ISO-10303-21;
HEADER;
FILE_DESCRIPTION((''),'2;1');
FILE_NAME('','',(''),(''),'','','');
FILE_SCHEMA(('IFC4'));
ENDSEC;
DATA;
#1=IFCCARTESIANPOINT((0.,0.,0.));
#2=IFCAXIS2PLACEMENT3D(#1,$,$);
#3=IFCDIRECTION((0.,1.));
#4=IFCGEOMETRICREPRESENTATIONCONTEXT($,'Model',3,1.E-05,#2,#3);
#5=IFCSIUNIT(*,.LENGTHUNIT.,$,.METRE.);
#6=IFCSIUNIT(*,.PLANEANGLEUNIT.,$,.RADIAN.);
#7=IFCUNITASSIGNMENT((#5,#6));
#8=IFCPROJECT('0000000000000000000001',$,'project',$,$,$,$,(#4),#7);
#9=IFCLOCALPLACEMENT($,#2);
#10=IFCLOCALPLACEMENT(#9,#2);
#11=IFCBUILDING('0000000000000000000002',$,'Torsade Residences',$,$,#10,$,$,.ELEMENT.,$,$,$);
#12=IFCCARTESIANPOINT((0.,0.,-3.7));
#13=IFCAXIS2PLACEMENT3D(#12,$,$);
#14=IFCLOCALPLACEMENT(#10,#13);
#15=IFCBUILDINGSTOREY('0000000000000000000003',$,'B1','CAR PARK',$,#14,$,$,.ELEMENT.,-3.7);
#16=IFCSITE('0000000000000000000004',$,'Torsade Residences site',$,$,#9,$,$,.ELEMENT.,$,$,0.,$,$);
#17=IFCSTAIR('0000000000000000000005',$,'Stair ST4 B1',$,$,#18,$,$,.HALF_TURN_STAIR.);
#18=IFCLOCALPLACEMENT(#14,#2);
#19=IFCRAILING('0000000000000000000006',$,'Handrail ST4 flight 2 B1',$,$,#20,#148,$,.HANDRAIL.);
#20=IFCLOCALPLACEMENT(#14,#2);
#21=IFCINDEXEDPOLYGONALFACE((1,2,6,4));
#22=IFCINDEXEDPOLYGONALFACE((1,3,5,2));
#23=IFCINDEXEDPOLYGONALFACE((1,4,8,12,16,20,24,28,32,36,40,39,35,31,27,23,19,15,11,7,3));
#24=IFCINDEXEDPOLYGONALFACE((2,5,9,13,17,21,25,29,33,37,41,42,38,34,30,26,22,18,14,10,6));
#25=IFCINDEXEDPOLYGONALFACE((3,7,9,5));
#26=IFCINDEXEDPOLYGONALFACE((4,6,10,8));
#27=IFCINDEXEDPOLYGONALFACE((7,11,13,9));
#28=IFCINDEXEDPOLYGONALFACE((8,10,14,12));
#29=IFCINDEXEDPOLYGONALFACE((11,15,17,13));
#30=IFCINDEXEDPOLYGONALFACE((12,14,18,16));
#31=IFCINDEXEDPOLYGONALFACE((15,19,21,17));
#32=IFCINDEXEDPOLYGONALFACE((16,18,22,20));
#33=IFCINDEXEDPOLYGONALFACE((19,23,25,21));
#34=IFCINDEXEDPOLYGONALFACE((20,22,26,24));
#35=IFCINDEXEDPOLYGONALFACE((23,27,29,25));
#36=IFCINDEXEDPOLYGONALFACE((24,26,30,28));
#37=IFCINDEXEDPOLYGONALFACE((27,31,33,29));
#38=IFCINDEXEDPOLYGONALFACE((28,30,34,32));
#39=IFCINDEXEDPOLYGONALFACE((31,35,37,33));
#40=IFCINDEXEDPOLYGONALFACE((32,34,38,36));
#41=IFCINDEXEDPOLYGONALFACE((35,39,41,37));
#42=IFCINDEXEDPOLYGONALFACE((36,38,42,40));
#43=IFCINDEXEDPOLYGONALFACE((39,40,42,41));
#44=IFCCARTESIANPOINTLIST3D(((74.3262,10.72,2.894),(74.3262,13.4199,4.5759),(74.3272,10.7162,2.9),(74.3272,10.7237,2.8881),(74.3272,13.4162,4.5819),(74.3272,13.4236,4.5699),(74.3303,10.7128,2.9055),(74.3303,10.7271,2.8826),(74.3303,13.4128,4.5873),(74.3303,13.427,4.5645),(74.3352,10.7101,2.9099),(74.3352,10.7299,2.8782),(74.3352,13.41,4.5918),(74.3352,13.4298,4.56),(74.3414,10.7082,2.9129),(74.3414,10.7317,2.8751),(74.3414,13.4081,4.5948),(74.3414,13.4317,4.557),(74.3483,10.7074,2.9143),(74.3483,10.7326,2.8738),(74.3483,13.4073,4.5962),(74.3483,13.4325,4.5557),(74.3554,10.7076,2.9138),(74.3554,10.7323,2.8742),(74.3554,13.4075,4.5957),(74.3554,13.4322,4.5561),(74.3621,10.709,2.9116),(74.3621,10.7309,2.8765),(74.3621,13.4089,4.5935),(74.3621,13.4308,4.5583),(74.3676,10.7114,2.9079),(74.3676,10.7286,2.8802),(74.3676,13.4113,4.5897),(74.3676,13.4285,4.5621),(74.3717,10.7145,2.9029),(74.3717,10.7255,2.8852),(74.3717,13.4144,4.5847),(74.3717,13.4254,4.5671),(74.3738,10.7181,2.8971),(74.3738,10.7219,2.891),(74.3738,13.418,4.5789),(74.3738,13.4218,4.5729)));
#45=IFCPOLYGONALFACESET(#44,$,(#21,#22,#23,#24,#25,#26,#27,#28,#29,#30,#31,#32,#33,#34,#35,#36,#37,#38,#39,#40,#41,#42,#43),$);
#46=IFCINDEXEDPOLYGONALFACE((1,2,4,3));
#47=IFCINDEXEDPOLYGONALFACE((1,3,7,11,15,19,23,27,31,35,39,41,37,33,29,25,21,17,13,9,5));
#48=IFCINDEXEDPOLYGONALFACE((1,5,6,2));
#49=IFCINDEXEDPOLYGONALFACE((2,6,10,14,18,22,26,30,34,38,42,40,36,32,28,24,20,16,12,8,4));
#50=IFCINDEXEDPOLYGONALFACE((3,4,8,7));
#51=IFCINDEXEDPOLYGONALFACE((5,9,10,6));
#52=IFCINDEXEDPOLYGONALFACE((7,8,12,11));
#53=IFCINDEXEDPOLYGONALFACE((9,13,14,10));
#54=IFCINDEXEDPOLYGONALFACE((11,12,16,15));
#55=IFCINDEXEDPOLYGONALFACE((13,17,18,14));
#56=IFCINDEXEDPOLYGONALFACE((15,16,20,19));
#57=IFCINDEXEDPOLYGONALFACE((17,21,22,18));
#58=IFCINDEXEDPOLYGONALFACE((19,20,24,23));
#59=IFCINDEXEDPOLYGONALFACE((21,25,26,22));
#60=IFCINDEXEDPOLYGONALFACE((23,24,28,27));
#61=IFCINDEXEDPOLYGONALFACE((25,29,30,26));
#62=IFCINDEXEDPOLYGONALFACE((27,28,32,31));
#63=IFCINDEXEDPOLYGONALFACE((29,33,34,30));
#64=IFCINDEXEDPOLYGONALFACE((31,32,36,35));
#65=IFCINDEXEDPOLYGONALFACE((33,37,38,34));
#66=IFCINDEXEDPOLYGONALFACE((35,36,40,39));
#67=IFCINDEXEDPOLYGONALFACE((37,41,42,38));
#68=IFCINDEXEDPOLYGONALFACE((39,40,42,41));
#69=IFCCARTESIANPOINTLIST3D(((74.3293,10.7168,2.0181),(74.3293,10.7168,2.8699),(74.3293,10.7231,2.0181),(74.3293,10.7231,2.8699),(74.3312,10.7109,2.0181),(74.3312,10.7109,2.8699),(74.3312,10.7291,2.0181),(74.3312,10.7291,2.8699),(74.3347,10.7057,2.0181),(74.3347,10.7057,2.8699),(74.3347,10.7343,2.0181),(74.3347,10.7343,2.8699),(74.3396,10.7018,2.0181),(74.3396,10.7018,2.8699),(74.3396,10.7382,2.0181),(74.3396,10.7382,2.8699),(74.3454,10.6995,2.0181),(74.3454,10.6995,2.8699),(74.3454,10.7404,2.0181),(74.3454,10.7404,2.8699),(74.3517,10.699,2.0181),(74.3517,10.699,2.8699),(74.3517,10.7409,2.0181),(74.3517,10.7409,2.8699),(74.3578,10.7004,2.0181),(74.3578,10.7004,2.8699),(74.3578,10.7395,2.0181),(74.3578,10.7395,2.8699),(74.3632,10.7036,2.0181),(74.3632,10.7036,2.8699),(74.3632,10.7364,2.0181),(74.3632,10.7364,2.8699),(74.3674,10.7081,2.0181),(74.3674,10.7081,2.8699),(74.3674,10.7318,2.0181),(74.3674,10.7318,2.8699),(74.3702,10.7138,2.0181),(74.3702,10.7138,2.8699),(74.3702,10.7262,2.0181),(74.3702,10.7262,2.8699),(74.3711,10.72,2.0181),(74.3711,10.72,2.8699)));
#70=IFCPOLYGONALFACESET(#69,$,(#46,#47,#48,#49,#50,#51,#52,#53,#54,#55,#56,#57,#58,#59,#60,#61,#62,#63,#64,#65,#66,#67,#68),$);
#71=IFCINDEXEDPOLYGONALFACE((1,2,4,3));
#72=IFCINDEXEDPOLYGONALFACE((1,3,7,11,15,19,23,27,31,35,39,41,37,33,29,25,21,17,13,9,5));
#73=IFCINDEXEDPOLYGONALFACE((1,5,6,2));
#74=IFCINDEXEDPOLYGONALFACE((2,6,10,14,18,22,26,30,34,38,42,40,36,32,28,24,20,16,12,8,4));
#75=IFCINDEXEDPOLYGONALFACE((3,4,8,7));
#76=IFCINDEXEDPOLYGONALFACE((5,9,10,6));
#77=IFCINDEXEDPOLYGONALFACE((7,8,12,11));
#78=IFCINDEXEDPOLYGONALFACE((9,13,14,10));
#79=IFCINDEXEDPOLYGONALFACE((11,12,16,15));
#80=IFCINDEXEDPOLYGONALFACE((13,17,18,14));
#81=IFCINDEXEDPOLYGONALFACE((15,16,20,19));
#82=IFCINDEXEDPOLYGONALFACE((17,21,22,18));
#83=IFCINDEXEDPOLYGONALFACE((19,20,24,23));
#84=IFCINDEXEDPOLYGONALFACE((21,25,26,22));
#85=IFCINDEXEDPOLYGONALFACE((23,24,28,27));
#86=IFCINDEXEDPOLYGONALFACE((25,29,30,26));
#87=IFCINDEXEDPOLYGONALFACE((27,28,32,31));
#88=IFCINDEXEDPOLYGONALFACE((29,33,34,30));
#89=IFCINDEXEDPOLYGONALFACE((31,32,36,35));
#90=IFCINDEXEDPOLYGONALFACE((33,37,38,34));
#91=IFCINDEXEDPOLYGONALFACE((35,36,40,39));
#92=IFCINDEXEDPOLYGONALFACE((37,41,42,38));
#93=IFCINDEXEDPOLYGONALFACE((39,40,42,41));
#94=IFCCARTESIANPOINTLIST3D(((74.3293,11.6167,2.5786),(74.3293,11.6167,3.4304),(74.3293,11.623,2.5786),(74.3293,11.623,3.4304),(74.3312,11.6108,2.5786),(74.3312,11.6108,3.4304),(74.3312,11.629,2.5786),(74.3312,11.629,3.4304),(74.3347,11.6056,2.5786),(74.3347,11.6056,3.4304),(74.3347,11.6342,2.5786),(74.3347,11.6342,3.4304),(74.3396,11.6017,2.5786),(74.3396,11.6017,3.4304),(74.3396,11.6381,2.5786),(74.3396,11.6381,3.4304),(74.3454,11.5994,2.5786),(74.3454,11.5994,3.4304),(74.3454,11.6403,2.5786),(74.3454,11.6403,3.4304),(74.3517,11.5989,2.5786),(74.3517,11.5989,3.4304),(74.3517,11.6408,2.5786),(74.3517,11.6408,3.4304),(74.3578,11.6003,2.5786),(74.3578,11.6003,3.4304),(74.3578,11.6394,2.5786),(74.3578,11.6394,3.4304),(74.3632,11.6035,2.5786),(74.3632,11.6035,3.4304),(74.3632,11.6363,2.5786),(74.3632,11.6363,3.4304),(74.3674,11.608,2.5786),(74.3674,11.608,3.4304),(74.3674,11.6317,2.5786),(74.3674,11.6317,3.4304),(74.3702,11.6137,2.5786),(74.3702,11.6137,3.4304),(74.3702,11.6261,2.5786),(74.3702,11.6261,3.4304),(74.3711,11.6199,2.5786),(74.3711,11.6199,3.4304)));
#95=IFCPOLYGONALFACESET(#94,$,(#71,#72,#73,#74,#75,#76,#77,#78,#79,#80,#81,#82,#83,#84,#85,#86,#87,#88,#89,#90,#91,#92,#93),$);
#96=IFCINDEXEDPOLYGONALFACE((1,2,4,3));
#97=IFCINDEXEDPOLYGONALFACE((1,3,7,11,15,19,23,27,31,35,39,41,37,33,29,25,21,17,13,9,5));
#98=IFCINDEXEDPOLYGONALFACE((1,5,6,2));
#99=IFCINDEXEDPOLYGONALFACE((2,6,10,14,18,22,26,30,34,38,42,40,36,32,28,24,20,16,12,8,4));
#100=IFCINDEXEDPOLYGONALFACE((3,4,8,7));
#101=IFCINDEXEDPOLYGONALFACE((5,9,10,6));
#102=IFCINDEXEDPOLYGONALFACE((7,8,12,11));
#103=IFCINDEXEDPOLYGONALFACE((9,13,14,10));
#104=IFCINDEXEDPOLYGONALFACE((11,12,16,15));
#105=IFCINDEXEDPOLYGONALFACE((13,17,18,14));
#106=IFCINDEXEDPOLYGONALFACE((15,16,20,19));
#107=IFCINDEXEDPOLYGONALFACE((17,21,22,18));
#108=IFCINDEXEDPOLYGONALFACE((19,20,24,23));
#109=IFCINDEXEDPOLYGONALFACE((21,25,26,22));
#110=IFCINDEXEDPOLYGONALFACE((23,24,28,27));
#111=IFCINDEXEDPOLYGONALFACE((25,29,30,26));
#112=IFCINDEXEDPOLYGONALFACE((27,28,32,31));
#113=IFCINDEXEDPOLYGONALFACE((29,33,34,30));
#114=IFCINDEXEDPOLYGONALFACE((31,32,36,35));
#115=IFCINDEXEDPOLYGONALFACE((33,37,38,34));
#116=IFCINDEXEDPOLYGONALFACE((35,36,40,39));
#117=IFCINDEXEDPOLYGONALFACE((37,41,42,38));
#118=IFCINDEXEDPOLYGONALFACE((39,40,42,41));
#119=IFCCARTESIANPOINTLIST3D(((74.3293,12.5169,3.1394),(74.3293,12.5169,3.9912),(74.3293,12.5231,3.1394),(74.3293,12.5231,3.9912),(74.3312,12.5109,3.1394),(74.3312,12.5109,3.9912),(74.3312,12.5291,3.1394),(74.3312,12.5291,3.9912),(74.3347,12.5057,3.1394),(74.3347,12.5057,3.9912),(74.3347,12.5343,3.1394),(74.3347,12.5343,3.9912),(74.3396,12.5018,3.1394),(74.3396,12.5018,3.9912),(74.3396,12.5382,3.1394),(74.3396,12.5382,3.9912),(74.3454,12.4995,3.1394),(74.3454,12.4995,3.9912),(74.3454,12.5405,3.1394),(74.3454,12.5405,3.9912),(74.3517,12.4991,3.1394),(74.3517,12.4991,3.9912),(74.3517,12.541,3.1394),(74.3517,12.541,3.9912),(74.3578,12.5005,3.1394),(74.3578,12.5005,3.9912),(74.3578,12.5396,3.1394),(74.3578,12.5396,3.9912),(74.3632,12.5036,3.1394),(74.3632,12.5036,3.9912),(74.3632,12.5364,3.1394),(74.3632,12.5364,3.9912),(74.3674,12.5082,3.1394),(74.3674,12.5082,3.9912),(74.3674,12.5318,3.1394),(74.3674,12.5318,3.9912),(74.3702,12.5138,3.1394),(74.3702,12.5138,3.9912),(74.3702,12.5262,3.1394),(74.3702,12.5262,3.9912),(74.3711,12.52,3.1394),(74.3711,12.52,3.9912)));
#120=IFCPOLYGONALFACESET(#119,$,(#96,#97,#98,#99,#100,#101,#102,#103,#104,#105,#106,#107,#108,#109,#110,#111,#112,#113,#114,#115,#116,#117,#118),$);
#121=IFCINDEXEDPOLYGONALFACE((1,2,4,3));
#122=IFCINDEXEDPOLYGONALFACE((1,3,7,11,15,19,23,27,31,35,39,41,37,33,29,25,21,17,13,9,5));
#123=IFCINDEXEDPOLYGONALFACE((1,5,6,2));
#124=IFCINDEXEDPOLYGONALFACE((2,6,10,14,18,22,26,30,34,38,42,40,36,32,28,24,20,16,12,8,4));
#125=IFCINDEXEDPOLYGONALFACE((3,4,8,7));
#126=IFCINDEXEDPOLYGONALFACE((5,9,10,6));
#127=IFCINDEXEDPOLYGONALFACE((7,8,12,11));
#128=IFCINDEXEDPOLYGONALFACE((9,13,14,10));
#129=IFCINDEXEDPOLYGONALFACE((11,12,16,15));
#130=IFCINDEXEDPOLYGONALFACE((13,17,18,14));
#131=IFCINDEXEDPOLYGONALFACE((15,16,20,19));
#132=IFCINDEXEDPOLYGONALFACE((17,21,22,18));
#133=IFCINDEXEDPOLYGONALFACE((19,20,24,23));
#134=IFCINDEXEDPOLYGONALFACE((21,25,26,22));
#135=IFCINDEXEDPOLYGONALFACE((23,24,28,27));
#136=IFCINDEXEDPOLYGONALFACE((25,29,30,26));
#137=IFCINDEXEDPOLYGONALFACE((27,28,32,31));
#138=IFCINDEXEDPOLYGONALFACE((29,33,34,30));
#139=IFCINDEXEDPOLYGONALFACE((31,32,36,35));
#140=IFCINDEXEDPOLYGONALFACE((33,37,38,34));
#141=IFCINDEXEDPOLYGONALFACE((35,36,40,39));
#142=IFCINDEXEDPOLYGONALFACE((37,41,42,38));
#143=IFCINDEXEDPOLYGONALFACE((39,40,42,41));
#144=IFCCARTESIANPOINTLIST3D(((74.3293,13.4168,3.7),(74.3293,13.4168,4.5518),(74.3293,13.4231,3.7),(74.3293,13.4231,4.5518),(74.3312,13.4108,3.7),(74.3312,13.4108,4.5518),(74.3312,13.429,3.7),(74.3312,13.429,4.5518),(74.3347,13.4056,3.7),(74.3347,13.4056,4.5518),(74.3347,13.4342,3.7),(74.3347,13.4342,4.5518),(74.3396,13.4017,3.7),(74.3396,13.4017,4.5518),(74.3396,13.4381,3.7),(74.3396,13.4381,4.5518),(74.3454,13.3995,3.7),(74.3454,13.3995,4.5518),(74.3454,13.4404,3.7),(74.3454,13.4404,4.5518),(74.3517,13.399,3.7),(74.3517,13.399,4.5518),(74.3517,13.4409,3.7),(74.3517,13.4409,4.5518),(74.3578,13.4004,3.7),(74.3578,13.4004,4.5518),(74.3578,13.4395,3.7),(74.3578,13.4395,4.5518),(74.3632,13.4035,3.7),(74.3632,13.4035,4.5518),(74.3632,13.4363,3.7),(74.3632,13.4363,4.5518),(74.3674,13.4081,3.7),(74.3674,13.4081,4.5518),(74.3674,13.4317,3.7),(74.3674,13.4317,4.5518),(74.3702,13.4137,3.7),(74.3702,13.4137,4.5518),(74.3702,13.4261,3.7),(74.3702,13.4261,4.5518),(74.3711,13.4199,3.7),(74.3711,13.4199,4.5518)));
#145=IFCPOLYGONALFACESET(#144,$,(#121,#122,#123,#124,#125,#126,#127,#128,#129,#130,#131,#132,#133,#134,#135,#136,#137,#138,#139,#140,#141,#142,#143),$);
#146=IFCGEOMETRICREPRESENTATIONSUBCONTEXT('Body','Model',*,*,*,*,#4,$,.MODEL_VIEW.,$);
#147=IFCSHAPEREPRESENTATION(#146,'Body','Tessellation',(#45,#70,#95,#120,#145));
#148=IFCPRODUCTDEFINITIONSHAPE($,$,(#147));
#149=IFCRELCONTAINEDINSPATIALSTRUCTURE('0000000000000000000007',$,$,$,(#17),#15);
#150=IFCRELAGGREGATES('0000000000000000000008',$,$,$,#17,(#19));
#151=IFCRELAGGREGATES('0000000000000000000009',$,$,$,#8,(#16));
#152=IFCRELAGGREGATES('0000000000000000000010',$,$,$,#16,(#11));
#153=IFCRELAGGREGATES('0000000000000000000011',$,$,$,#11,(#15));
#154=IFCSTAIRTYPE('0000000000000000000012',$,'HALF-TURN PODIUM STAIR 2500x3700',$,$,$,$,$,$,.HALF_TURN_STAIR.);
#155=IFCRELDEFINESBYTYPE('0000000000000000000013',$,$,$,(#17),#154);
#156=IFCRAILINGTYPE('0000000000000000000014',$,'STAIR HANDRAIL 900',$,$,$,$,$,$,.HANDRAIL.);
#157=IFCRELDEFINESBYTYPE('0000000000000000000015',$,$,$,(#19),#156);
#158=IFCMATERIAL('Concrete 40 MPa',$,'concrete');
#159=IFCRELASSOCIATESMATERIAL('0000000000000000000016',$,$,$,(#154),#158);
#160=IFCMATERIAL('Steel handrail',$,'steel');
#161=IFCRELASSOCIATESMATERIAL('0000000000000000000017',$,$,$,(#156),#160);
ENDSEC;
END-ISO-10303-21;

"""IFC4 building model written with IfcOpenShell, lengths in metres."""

from ifc_helpers import new_model, si_unit, direction, frame, origin, origin_2d, place, context, subcontext, project, spatial, circle, extrude, material, type_object, element, aggregate, save


model = new_model("IFC4")

# Units and contexts
model_context = context("Model", 3, precision=1e-05, world=origin(), true_north=direction((0.0, 1.0)))
body_context = subcontext(model_context, "Body", "Model", "MODEL_VIEW")
ifc_project = project(units=[si_unit("LENGTHUNIT", "METRE"), si_unit("PLANEANGLEUNIT", "RADIAN")], contexts=[model_context])

# Site, building, storey
site_placement = place(None, origin())
site = spatial("IfcSite", under=ifc_project, at=site_placement, Name="Torsade Residences site", CompositionType="ELEMENT", RefElevation=0.0)
building_placement = place(site_placement, origin())
building = spatial("IfcBuilding", under=site, at=building_placement, Name="Torsade Residences", CompositionType="ELEMENT")
storey_placement = place(building_placement, frame((0.0, 0.0, -3.7)))
storey = spatial("IfcBuildingStorey", under=building, at=storey_placement, Name="B1", Description="CAR PARK", CompositionType="ELEMENT", Elevation=-3.7)

# Stair, railing
ifc_material_1 = material(Name="Concrete 40 MPa", Category="concrete")
stair_type = type_object("IfcStairType", Name="HALF-TURN PODIUM STAIR 2500x3700", PredefinedType="HALF_TURN_STAIR", material=ifc_material_1)
stair_placement = place(storey_placement, origin())
stair = element("IfcStair", 1, at=stair_placement, inside=storey, type_object=stair_type, Name="Stair ST4 B1", PredefinedType="HALF_TURN_STAIR")
ifc_material_2 = material(Name="Steel handrail", Category="steel")
railing_type_1 = type_object("IfcRailingType", Name="STAIR HANDRAIL 900", PredefinedType="HANDRAIL", material=ifc_material_2)
railing_1_placement = place(storey_placement, frame((74.3501, 10.72, 2.0181)))
railing_1 = element("IfcRailing", 2, at=railing_1_placement, type_object=railing_type_1, Name="Handrail ST4 flight 2 B1", PredefinedType="HANDRAIL", context=body_context, shape_type="SweptSolid", body=[
    extrude(circle(Radius=0.0239, at=origin_2d()), frame((0.0, 0.0, 0.876), z_axis=(0.0, 0.848786, 0.528736), x_axis=(-1.0, 0.0, 0.0)), (0.0, 0.0, 1.0), 3.1809),
    extrude(circle(Radius=0.021, at=origin_2d()), origin(), (0.0, 0.0, 1.0), 0.8518),
    extrude(circle(Radius=0.021, at=origin_2d()), frame((0.0, 0.8999, 0.5605)), (0.0, 0.0, 1.0), 0.8518),
    extrude(circle(Radius=0.021, at=origin_2d()), frame((0.0, 1.8, 1.1213)), (0.0, 0.0, 1.0), 0.8518),
    extrude(circle(Radius=0.021, at=origin_2d()), frame((0.0, 2.7, 1.6819)), (0.0, 0.0, 1.0), 0.8518),
])
aggregate(stair, [railing_1])

save(model, "model.ifc")
